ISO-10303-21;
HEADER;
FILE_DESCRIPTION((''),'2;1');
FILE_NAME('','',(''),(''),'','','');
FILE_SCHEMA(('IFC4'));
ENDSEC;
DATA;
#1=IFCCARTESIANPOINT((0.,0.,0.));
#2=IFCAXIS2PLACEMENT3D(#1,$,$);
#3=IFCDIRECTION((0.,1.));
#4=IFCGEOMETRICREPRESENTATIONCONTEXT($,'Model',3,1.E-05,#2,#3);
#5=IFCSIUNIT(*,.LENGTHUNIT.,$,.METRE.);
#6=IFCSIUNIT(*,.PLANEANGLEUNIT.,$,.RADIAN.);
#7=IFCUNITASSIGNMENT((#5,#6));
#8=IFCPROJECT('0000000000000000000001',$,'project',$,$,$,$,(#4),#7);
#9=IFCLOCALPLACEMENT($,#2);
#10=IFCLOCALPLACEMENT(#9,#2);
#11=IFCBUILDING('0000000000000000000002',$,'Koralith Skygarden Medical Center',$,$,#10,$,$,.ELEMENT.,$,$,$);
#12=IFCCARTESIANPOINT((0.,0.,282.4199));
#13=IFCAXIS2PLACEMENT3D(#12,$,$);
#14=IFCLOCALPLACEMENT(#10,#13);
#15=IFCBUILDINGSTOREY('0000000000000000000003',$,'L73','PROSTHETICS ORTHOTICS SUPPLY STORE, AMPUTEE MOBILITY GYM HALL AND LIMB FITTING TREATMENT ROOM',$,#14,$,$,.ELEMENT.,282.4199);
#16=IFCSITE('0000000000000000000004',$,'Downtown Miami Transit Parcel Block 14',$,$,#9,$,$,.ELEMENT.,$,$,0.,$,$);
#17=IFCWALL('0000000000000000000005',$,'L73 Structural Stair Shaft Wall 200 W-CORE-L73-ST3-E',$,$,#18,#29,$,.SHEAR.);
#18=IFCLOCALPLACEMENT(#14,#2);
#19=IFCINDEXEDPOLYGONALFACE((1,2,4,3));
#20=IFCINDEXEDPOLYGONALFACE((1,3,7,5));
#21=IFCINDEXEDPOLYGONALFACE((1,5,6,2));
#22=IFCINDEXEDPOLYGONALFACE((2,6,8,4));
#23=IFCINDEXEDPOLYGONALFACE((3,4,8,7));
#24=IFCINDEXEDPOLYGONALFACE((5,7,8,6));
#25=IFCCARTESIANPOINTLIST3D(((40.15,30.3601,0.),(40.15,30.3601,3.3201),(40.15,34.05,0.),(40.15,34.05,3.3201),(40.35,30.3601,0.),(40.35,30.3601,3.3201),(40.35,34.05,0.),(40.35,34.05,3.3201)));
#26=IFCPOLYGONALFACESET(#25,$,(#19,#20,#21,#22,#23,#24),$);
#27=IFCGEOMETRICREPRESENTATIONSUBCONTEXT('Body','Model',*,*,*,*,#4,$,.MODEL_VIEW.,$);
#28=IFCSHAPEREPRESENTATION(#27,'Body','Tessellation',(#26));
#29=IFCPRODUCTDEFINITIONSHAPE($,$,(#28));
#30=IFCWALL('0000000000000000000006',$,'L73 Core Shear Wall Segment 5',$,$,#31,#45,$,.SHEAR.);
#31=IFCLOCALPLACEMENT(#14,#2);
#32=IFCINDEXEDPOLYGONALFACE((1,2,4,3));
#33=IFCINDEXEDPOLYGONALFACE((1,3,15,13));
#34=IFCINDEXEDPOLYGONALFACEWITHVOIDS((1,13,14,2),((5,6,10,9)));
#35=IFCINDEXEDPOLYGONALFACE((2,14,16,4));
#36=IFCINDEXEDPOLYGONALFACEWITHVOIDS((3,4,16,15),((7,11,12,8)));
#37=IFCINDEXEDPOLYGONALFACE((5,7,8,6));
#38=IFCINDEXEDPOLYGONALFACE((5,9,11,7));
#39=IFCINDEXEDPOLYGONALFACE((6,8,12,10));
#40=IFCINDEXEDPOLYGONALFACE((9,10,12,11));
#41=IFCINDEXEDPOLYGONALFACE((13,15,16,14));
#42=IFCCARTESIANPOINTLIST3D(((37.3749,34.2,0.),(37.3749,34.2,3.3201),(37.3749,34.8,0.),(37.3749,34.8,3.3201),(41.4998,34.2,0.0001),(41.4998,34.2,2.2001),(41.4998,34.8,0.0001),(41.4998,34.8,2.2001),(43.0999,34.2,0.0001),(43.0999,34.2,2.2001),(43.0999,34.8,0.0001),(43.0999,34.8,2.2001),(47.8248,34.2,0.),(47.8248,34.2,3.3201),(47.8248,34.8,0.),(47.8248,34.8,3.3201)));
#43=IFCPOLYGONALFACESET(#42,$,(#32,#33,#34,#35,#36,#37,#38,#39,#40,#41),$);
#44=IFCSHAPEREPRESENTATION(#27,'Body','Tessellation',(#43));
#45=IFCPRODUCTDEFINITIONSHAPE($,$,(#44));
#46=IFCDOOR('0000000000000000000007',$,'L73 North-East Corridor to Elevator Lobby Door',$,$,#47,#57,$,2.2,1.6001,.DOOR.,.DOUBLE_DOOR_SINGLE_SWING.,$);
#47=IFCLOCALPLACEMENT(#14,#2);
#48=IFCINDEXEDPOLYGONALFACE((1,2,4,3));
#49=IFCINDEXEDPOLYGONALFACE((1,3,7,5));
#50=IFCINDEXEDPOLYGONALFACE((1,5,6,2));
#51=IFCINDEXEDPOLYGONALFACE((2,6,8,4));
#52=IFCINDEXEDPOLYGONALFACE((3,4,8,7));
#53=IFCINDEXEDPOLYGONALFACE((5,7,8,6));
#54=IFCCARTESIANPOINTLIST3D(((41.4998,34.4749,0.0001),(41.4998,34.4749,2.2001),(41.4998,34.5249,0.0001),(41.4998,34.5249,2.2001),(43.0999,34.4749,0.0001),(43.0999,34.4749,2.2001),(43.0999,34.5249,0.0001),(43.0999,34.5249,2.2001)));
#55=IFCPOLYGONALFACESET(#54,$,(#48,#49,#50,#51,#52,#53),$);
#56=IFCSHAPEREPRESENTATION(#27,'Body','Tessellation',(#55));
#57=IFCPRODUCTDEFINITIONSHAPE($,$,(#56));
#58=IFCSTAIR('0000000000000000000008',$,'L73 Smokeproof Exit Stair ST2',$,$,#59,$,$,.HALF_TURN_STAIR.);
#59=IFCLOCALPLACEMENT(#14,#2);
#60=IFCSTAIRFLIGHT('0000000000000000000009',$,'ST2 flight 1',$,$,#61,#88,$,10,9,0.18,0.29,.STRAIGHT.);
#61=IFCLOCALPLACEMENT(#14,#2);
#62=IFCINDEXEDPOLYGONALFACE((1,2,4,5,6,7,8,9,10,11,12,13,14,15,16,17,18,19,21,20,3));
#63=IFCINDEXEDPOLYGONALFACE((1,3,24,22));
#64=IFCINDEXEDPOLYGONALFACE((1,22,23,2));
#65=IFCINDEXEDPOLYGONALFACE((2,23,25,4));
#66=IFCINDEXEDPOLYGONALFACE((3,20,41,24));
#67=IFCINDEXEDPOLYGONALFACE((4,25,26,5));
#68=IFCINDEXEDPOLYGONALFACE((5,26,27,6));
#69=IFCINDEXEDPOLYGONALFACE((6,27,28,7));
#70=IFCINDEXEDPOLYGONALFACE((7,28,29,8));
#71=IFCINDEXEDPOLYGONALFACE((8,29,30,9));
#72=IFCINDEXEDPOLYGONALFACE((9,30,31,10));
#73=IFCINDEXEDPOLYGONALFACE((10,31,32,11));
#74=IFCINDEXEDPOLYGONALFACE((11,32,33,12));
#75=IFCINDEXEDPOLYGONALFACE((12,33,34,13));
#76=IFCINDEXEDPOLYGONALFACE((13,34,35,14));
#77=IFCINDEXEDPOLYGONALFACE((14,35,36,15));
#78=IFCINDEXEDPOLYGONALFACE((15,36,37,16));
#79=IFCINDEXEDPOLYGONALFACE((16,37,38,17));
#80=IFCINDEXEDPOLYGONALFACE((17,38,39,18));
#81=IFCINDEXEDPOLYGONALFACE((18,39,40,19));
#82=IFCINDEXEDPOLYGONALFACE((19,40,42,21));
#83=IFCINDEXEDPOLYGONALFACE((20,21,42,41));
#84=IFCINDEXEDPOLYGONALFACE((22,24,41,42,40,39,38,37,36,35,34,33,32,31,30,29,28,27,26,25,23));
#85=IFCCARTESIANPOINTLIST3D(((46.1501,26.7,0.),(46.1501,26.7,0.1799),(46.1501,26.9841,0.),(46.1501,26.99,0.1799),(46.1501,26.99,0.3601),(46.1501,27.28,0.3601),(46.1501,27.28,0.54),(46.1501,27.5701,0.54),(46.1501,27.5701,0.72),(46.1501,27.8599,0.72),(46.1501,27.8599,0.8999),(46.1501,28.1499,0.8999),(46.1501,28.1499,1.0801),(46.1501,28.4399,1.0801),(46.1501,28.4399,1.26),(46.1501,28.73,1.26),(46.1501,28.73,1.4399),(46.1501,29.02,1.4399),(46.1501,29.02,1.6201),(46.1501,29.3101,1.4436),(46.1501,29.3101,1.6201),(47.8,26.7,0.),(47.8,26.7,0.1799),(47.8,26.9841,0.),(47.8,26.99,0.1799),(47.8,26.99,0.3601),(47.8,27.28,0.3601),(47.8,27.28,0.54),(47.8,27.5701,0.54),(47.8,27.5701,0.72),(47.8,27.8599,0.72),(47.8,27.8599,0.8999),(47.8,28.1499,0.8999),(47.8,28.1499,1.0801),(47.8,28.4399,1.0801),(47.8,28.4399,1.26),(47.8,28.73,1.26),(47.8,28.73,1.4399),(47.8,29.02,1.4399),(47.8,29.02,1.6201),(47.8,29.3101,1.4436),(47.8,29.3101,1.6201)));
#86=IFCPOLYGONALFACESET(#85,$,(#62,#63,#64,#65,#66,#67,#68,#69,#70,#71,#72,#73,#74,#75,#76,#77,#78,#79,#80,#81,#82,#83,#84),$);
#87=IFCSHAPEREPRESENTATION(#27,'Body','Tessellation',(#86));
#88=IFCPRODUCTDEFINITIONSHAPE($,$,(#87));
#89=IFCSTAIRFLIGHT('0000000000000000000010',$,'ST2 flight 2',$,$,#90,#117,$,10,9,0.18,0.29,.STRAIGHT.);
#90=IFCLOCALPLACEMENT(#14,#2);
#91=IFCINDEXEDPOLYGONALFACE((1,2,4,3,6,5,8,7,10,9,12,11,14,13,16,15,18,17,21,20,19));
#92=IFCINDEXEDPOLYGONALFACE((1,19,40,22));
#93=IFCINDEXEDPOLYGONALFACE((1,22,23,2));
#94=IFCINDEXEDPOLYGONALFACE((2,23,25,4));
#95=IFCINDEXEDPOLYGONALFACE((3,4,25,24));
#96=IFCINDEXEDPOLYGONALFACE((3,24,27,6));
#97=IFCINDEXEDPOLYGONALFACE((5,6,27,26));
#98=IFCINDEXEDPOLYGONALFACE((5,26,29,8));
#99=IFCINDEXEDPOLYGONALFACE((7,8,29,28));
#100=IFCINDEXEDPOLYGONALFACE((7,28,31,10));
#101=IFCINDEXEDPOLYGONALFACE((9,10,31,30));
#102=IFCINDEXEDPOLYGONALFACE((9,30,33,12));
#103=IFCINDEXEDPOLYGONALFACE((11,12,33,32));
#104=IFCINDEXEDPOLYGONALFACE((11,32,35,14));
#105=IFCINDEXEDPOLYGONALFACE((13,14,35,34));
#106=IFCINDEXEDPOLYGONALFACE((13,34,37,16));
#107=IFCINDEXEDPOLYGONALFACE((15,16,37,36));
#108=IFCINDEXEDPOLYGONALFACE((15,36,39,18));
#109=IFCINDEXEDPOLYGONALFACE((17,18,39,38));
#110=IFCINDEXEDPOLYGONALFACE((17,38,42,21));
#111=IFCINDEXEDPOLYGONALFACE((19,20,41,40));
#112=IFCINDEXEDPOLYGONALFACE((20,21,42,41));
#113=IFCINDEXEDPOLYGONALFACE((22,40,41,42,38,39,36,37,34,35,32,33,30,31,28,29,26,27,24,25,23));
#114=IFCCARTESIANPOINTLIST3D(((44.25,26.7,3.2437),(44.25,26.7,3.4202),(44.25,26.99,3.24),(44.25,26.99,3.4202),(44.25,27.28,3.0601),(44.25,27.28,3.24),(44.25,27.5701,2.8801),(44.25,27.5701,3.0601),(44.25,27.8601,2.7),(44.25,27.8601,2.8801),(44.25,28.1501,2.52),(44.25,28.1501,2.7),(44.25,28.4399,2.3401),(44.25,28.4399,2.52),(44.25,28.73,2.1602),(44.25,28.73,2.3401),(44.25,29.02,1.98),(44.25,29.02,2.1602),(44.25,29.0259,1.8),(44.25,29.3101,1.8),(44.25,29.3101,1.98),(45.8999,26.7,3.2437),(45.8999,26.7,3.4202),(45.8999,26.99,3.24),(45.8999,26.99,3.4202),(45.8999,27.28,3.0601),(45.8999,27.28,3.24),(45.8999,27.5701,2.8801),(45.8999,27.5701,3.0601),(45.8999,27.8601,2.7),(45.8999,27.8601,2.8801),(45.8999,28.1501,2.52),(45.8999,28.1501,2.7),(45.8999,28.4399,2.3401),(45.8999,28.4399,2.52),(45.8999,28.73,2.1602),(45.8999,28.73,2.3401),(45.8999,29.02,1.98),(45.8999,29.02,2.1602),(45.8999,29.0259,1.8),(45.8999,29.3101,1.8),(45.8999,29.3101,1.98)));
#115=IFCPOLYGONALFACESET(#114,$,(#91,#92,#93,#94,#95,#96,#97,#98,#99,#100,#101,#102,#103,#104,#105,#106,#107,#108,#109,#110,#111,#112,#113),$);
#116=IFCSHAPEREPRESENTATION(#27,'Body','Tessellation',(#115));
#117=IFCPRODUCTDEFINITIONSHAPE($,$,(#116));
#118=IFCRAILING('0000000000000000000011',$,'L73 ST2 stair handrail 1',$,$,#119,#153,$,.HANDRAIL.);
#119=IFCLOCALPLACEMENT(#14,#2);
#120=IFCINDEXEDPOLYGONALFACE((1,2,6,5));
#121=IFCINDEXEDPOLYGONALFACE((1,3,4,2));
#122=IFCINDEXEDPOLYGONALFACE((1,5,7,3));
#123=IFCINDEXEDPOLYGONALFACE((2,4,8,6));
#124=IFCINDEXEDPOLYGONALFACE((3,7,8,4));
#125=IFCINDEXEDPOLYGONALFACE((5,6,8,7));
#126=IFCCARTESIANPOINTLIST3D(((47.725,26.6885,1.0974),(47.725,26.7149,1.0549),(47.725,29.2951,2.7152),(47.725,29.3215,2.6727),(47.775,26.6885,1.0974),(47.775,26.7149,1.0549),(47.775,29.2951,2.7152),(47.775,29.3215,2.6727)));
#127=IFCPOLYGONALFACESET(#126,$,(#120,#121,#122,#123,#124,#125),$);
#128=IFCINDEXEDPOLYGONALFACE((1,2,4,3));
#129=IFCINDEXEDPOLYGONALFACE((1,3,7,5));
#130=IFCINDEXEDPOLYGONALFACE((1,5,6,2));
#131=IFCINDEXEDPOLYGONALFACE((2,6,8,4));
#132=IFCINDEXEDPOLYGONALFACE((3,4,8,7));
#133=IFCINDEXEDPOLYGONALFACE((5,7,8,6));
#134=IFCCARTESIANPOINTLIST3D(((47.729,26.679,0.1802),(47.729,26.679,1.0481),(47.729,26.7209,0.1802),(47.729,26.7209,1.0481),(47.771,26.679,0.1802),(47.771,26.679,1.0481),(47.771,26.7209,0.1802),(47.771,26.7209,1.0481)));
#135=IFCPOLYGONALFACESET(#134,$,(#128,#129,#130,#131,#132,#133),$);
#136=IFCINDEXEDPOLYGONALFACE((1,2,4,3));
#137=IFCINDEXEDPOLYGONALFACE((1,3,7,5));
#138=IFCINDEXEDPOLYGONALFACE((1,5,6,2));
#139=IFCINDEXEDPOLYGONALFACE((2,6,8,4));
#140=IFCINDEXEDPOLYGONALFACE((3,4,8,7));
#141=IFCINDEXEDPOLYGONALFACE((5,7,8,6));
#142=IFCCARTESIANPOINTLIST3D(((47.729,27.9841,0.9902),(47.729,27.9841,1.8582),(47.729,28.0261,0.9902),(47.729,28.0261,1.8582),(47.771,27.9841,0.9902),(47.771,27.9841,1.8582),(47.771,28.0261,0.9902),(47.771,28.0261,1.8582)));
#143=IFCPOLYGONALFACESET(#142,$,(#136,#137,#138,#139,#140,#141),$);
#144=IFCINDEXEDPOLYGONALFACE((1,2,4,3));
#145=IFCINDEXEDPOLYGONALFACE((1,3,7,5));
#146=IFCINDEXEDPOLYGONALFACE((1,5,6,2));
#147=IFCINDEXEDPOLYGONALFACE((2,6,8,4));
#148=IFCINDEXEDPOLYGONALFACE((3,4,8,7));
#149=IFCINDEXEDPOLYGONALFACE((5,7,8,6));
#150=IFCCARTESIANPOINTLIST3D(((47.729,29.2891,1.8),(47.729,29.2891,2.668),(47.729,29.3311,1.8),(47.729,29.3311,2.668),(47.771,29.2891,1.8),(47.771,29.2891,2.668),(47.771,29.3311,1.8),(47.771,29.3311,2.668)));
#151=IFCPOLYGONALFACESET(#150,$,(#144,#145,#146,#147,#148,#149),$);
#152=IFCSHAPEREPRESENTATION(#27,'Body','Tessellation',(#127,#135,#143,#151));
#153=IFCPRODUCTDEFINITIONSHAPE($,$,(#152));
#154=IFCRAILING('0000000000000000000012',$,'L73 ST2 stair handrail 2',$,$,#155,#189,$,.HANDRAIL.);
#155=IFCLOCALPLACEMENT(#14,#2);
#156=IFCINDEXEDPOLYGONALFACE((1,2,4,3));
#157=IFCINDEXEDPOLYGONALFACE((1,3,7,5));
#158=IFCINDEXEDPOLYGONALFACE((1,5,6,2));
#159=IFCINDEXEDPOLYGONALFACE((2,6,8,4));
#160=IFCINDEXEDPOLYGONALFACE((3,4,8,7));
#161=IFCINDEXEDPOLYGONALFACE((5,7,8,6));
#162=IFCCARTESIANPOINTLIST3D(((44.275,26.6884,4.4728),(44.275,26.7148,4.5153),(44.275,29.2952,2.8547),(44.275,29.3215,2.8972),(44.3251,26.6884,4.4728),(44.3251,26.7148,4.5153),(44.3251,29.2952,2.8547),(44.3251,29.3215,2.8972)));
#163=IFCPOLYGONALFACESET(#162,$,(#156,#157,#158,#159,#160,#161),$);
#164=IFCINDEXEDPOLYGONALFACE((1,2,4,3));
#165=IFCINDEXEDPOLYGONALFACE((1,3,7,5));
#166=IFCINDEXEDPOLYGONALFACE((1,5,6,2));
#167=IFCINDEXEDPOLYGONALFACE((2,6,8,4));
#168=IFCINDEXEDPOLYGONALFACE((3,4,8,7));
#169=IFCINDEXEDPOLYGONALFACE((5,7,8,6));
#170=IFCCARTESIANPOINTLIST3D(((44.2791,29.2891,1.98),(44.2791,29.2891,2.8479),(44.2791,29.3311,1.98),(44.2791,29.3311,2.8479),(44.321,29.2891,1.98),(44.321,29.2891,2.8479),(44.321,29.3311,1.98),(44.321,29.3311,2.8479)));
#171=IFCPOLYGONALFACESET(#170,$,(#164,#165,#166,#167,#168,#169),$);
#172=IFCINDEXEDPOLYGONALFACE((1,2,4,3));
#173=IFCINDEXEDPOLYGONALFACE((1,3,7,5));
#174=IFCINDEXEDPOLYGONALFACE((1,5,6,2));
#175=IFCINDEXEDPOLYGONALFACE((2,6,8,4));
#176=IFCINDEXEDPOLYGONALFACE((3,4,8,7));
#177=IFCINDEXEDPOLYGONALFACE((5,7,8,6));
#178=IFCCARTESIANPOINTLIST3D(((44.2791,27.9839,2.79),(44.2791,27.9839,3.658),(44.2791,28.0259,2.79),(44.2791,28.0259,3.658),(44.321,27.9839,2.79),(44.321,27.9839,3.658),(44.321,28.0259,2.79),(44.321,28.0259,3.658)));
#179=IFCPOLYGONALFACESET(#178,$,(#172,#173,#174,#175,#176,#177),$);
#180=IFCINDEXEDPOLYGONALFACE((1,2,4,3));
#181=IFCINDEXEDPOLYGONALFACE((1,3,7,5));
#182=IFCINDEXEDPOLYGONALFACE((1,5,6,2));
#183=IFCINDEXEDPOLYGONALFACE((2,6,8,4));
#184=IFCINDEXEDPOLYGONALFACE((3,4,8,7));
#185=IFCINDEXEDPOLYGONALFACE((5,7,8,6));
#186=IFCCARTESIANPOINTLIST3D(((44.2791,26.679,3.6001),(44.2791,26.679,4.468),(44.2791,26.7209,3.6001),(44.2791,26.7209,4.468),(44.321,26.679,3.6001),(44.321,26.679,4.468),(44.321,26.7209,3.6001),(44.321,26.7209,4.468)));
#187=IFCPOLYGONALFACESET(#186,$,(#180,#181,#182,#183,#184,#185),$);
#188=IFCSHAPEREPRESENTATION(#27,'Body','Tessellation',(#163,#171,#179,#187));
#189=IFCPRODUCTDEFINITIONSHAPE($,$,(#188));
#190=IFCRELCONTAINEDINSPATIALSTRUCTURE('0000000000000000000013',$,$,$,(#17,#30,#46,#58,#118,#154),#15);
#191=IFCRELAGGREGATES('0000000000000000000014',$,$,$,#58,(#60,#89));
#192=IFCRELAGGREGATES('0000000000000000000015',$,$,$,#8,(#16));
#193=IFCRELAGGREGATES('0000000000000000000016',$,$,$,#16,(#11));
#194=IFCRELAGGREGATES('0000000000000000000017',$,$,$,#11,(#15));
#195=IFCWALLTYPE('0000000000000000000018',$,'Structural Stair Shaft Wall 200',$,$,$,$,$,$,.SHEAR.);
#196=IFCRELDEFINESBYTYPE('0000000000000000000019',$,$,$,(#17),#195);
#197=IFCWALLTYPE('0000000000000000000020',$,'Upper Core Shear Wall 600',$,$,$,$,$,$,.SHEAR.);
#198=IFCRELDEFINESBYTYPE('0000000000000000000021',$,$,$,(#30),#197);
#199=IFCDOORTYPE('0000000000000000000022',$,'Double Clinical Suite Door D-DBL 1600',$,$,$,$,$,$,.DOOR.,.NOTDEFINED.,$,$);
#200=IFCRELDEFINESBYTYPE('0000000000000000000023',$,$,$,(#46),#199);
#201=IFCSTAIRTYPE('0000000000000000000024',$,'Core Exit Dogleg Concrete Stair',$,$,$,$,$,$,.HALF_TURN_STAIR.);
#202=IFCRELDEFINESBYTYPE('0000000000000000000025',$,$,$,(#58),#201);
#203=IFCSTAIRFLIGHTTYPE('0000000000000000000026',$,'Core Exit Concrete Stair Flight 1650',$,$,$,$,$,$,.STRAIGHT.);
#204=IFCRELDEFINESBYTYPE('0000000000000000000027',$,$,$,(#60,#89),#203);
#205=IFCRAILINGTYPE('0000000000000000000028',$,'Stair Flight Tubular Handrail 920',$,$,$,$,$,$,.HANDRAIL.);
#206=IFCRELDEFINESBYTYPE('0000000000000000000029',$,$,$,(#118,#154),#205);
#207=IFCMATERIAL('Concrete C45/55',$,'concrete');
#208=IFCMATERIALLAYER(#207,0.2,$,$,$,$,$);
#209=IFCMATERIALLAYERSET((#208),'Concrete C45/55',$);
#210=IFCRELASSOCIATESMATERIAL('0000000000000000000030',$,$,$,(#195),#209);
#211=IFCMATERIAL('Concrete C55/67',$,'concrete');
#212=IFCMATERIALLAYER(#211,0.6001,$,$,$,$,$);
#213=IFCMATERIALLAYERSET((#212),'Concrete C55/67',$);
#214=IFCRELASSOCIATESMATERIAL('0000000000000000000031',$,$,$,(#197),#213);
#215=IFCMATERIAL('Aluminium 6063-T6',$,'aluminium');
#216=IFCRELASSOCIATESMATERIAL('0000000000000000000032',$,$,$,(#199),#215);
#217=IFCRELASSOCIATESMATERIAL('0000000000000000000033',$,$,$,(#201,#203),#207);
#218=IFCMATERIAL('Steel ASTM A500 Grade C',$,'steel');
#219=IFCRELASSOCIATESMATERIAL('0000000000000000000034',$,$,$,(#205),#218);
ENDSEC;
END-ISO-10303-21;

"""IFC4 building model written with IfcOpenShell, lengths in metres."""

from ifc_helpers import new_model, si_unit, direction, frame, frame_2d, origin, origin_2d, place, context, subcontext, project, spatial, polyline, rectangle, outline, extrude, material, layer, layer_set, type_object, element, fill, aggregate, save


model = new_model("IFC4")

# Units and contexts
model_context = context("Model", 3, precision=1e-05, world=origin(), true_north=direction((0.0, 1.0)))
body_context = subcontext(model_context, "Body", "Model", "MODEL_VIEW")
ifc_project = project(units=[si_unit("LENGTHUNIT", "METRE"), si_unit("PLANEANGLEUNIT", "RADIAN")], contexts=[model_context])

# Site, building, storey
site_placement = place(None, origin())
site = spatial("IfcSite", under=ifc_project, at=site_placement, Name="Downtown Miami Transit Parcel Block 14", CompositionType="ELEMENT", RefElevation=0.0)
building_placement = place(site_placement, origin())
building = spatial("IfcBuilding", under=site, at=building_placement, Name="Koralith Skygarden Medical Center", CompositionType="ELEMENT")
storey_placement = place(building_placement, frame((0.0, 0.0, 282.4199)))
storey = spatial("IfcBuildingStorey", under=building, at=storey_placement, Name="L73", Description="PROSTHETICS ORTHOTICS SUPPLY STORE, AMPUTEE MOBILITY GYM HALL AND LIMB FITTING TREATMENT ROOM", CompositionType="ELEMENT", Elevation=282.4199)

# Shared definitions
ifc_material_1 = material(Name="Concrete C55/67", Category="concrete")

# Wall
ifc_material_2 = material(Name="Concrete C45/55", Category="concrete")
ifc_layer_1 = layer(ifc_material_2, 0.2)
ifc_layer_set_1 = layer_set([ifc_layer_1], Name="Concrete C45/55")
wall_type_1 = type_object("IfcWallType", Name="Structural Stair Shaft Wall 200", PredefinedType="SHEAR", material=ifc_layer_set_1)
wall_1_placement = place(storey_placement, frame((40.25, 30.3601, 0.0), z_axis=(0.0, 0.0, 1.0), x_axis=(0.0, 1.0, 0.0)))
element("IfcWall", 1, at=wall_1_placement, inside=storey, type_object=wall_type_1, Name="L73 Structural Stair Shaft Wall 200 W-CORE-L73-ST3-E", PredefinedType="SHEAR", context=body_context, shape_type="SweptSolid", body=[
    extrude(rectangle(XDim=3.6899, YDim=0.2, at=frame_2d((1.845, 0.0))), origin(), (0.0, 0.0, 1.0), 3.3201),
])

# Wall, opening, door
ifc_layer_2 = layer(ifc_material_1, 0.6001)
ifc_layer_set_2 = layer_set([ifc_layer_2], Name="Concrete C55/67")
wall_type_2 = type_object("IfcWallType", Name="Upper Core Shear Wall 600", PredefinedType="SHEAR", material=ifc_layer_set_2)
wall_2_placement = place(storey_placement, frame((47.825, 34.5, 0.0), z_axis=(0.0, 0.0, 1.0), x_axis=(-1.0, 0.0, 0.0)))
wall_2 = element("IfcWall", 2, at=wall_2_placement, inside=storey, type_object=wall_type_2, Name="L73 Core Shear Wall Segment 5", PredefinedType="SHEAR", context=body_context, shape_type="SweptSolid", body=[
    extrude(rectangle(XDim=10.45, YDim=0.6001, at=frame_2d((5.2251, 0.0))), origin(), (0.0, 0.0, 1.0), 3.3201),
])
opening_1_placement = place(wall_2_placement, frame((4.7251, 0.0, 0.0)))
opening_1 = element("IfcOpeningElement", 3, at=opening_1_placement, cuts=wall_2, PredefinedType="OPENING", context=body_context, shape_type="SweptSolid", body=[
    extrude(rectangle(XDim=1.6001, YDim=2.2, at=frame_2d((0.8, 1.1001))), frame((0.0, 0.3101, 0.0), z_axis=(0.0, -1.0, 0.0), x_axis=(1.0, 0.0, 0.0)), (0.0, 0.0, 1.0), 0.6201),
])
ifc_material_3 = material(Name="Aluminium 6063-T6", Category="aluminium")
door_type_1 = type_object("IfcDoorType", Name="Double Clinical Suite Door D-DBL 1600", OperationType="NOTDEFINED", PredefinedType="DOOR", material=ifc_material_3)
door_1_placement = place(opening_1_placement, frame((1.6001, 0.0, 0.0), z_axis=(0.0, 0.0, 1.0), x_axis=(-1.0, 0.0, 0.0)))
door_1 = element("IfcDoor", 4, at=door_1_placement, inside=storey, type_object=door_type_1, Name="L73 North-East Corridor to Elevator Lobby Door", OperationType="DOUBLE_DOOR_SINGLE_SWING", OverallHeight=2.2, OverallWidth=1.6001, PredefinedType="DOOR", context=body_context, shape_type="SweptSolid", body=[
    extrude(rectangle(XDim=1.6001, YDim=2.2, at=frame_2d((0.8, 1.1001))), frame((0.0, 0.0249, 0.0), z_axis=(0.0, -1.0, 0.0), x_axis=(1.0, 0.0, 0.0)), (0.0, 0.0, 1.0), 0.05),
])
fill(opening_1, door_1)
ifc_material_4 = material(Name="Steel ASTM A500 Grade C", Category="steel")

# Stair, stair flights
stair_type = type_object("IfcStairType", Name="Core Exit Dogleg Concrete Stair", PredefinedType="HALF_TURN_STAIR", material=ifc_material_2)
stair_placement = place(storey_placement, origin())
stair = element("IfcStair", 5, at=stair_placement, inside=storey, type_object=stair_type, Name="L73 Smokeproof Exit Stair ST2", PredefinedType="HALF_TURN_STAIR")
stair_flight_type = type_object("IfcStairFlightType", Name="Core Exit Concrete Stair Flight 1650", PredefinedType="STRAIGHT", material=ifc_material_2)
stair_flight_1_placement = place(storey_placement, frame((46.9751, 26.7, 0.0), z_axis=(0.0, 0.0, 1.0), x_axis=(0.0, 1.0, 0.0)))
stair_flight_1 = element("IfcStairFlight", 6, at=stair_flight_1_placement, type_object=stair_flight_type, Name="ST2 flight 1", NumberOfRisers=10, NumberOfTreads=9, PredefinedType="STRAIGHT", RiserHeight=0.18, TreadLength=0.29, context=body_context, shape_type="SweptSolid", body=[
    extrude(outline(polyline([(0.0, 0.0), (0.0, 0.1799), (0.29, 0.1799), (0.29, 0.3601), (0.5801, 0.3601), (0.5801, 0.54), (0.8701, 0.54), (0.8701, 0.72), (1.1599, 0.72), (1.1599, 0.8999), (1.45, 0.8999), (1.45, 1.0801), (1.74, 1.0801), (1.74, 1.26), (2.03, 1.26), (2.03, 1.4399), (2.3201, 1.4399), (2.3201, 1.6201), (2.6101, 1.6201), (2.6101, 1.8), (2.6101, 1.4436), (0.2842, 0.0), (0.0, 0.0)])), frame((0.0, 0.825, 0.0), z_axis=(0.0, -1.0, 0.0), x_axis=(1.0, 0.0, 0.0)), (0.0, 0.0, 1.0), 1.6499),
])
stair_flight_2_placement = place(storey_placement, frame((45.075, 29.3101, 1.8), z_axis=(0.0, 0.0, 1.0), x_axis=(0.0, -1.0, 0.0)))
stair_flight_2 = element("IfcStairFlight", 7, at=stair_flight_2_placement, type_object=stair_flight_type, Name="ST2 flight 2", NumberOfRisers=10, NumberOfTreads=9, PredefinedType="STRAIGHT", RiserHeight=0.18, TreadLength=0.29, context=body_context, shape_type="SweptSolid", body=[
    extrude(outline(polyline([(0.0, 0.0), (0.0, 0.1799), (0.29, 0.1799), (0.29, 0.3601), (0.5801, 0.3601), (0.5801, 0.54), (0.8701, 0.54), (0.8701, 0.72), (1.1599, 0.72), (1.1599, 0.8999), (1.45, 0.8999), (1.45, 1.0801), (1.74, 1.0801), (1.74, 1.26), (2.03, 1.26), (2.03, 1.4399), (2.3201, 1.4399), (2.3201, 1.6201), (2.6101, 1.6201), (2.6101, 1.8), (2.6101, 1.4436), (0.2842, 0.0), (0.0, 0.0)])), frame((0.0, 0.825, 0.0), z_axis=(0.0, -1.0, 0.0), x_axis=(1.0, 0.0, 0.0)), (0.0, 0.0, 1.0), 1.6499),
])
aggregate(stair, [stair_flight_1, stair_flight_2])

# Railings
railing_type_1 = type_object("IfcRailingType", Name="Stair Flight Tubular Handrail 920", PredefinedType="HANDRAIL", material=ifc_material_4)
railing_1_placement = place(storey_placement, frame((47.75, 26.7, 0.1802)))
element("IfcRailing", 8, at=railing_1_placement, inside=storey, type_object=railing_type_1, Name="L73 ST2 stair handrail 1", PredefinedType="HANDRAIL", context=body_context, shape_type="SweptSolid", body=[
    extrude(rectangle(XDim=0.05, YDim=0.05, at=origin_2d()), frame((0.0, 0.0017, 0.896), z_axis=(0.0, 0.849668, 0.527317), x_axis=(-1.0, 0.0, 0.0)), (0.0, 0.0, 1.0), 3.0679),
    extrude(rectangle(XDim=0.042, YDim=0.042, at=origin_2d()), origin(), (0.0, 0.0, 1.0), 0.8679),
    extrude(rectangle(XDim=0.042, YDim=0.042, at=origin_2d()), frame((0.0, 1.3052, 0.8101)), (0.0, 0.0, 1.0), 0.8679),
    extrude(rectangle(XDim=0.042, YDim=0.042, at=origin_2d()), frame((0.0, 2.6101, 1.6199)), (0.0, 0.0, 1.0), 0.8679),
])
railing_2_placement = place(storey_placement, frame((44.3, 29.3101, 1.98)))
element("IfcRailing", 9, at=railing_2_placement, inside=storey, type_object=railing_type_1, Name="L73 ST2 stair handrail 2", PredefinedType="HANDRAIL", context=body_context, shape_type="SweptSolid", body=[
    extrude(rectangle(XDim=0.05, YDim=0.05, at=origin_2d()), frame((0.0, -0.0017, 0.896), z_axis=(0.0, -0.849633, 0.527375), x_axis=(1.0, 0.0, 0.0)), (0.0, 0.0, 1.0), 3.0681),
    extrude(rectangle(XDim=0.042, YDim=0.042, at=origin_2d()), origin(), (0.0, 0.0, 1.0), 0.8679),
    extrude(rectangle(XDim=0.042, YDim=0.042, at=origin_2d()), frame((0.0, -1.3052, 0.8101)), (0.0, 0.0, 1.0), 0.8679),
    extrude(rectangle(XDim=0.042, YDim=0.042, at=origin_2d()), frame((0.0, -2.6101, 1.6201)), (0.0, 0.0, 1.0), 0.8679),
])

save(model, "model.ifc")
